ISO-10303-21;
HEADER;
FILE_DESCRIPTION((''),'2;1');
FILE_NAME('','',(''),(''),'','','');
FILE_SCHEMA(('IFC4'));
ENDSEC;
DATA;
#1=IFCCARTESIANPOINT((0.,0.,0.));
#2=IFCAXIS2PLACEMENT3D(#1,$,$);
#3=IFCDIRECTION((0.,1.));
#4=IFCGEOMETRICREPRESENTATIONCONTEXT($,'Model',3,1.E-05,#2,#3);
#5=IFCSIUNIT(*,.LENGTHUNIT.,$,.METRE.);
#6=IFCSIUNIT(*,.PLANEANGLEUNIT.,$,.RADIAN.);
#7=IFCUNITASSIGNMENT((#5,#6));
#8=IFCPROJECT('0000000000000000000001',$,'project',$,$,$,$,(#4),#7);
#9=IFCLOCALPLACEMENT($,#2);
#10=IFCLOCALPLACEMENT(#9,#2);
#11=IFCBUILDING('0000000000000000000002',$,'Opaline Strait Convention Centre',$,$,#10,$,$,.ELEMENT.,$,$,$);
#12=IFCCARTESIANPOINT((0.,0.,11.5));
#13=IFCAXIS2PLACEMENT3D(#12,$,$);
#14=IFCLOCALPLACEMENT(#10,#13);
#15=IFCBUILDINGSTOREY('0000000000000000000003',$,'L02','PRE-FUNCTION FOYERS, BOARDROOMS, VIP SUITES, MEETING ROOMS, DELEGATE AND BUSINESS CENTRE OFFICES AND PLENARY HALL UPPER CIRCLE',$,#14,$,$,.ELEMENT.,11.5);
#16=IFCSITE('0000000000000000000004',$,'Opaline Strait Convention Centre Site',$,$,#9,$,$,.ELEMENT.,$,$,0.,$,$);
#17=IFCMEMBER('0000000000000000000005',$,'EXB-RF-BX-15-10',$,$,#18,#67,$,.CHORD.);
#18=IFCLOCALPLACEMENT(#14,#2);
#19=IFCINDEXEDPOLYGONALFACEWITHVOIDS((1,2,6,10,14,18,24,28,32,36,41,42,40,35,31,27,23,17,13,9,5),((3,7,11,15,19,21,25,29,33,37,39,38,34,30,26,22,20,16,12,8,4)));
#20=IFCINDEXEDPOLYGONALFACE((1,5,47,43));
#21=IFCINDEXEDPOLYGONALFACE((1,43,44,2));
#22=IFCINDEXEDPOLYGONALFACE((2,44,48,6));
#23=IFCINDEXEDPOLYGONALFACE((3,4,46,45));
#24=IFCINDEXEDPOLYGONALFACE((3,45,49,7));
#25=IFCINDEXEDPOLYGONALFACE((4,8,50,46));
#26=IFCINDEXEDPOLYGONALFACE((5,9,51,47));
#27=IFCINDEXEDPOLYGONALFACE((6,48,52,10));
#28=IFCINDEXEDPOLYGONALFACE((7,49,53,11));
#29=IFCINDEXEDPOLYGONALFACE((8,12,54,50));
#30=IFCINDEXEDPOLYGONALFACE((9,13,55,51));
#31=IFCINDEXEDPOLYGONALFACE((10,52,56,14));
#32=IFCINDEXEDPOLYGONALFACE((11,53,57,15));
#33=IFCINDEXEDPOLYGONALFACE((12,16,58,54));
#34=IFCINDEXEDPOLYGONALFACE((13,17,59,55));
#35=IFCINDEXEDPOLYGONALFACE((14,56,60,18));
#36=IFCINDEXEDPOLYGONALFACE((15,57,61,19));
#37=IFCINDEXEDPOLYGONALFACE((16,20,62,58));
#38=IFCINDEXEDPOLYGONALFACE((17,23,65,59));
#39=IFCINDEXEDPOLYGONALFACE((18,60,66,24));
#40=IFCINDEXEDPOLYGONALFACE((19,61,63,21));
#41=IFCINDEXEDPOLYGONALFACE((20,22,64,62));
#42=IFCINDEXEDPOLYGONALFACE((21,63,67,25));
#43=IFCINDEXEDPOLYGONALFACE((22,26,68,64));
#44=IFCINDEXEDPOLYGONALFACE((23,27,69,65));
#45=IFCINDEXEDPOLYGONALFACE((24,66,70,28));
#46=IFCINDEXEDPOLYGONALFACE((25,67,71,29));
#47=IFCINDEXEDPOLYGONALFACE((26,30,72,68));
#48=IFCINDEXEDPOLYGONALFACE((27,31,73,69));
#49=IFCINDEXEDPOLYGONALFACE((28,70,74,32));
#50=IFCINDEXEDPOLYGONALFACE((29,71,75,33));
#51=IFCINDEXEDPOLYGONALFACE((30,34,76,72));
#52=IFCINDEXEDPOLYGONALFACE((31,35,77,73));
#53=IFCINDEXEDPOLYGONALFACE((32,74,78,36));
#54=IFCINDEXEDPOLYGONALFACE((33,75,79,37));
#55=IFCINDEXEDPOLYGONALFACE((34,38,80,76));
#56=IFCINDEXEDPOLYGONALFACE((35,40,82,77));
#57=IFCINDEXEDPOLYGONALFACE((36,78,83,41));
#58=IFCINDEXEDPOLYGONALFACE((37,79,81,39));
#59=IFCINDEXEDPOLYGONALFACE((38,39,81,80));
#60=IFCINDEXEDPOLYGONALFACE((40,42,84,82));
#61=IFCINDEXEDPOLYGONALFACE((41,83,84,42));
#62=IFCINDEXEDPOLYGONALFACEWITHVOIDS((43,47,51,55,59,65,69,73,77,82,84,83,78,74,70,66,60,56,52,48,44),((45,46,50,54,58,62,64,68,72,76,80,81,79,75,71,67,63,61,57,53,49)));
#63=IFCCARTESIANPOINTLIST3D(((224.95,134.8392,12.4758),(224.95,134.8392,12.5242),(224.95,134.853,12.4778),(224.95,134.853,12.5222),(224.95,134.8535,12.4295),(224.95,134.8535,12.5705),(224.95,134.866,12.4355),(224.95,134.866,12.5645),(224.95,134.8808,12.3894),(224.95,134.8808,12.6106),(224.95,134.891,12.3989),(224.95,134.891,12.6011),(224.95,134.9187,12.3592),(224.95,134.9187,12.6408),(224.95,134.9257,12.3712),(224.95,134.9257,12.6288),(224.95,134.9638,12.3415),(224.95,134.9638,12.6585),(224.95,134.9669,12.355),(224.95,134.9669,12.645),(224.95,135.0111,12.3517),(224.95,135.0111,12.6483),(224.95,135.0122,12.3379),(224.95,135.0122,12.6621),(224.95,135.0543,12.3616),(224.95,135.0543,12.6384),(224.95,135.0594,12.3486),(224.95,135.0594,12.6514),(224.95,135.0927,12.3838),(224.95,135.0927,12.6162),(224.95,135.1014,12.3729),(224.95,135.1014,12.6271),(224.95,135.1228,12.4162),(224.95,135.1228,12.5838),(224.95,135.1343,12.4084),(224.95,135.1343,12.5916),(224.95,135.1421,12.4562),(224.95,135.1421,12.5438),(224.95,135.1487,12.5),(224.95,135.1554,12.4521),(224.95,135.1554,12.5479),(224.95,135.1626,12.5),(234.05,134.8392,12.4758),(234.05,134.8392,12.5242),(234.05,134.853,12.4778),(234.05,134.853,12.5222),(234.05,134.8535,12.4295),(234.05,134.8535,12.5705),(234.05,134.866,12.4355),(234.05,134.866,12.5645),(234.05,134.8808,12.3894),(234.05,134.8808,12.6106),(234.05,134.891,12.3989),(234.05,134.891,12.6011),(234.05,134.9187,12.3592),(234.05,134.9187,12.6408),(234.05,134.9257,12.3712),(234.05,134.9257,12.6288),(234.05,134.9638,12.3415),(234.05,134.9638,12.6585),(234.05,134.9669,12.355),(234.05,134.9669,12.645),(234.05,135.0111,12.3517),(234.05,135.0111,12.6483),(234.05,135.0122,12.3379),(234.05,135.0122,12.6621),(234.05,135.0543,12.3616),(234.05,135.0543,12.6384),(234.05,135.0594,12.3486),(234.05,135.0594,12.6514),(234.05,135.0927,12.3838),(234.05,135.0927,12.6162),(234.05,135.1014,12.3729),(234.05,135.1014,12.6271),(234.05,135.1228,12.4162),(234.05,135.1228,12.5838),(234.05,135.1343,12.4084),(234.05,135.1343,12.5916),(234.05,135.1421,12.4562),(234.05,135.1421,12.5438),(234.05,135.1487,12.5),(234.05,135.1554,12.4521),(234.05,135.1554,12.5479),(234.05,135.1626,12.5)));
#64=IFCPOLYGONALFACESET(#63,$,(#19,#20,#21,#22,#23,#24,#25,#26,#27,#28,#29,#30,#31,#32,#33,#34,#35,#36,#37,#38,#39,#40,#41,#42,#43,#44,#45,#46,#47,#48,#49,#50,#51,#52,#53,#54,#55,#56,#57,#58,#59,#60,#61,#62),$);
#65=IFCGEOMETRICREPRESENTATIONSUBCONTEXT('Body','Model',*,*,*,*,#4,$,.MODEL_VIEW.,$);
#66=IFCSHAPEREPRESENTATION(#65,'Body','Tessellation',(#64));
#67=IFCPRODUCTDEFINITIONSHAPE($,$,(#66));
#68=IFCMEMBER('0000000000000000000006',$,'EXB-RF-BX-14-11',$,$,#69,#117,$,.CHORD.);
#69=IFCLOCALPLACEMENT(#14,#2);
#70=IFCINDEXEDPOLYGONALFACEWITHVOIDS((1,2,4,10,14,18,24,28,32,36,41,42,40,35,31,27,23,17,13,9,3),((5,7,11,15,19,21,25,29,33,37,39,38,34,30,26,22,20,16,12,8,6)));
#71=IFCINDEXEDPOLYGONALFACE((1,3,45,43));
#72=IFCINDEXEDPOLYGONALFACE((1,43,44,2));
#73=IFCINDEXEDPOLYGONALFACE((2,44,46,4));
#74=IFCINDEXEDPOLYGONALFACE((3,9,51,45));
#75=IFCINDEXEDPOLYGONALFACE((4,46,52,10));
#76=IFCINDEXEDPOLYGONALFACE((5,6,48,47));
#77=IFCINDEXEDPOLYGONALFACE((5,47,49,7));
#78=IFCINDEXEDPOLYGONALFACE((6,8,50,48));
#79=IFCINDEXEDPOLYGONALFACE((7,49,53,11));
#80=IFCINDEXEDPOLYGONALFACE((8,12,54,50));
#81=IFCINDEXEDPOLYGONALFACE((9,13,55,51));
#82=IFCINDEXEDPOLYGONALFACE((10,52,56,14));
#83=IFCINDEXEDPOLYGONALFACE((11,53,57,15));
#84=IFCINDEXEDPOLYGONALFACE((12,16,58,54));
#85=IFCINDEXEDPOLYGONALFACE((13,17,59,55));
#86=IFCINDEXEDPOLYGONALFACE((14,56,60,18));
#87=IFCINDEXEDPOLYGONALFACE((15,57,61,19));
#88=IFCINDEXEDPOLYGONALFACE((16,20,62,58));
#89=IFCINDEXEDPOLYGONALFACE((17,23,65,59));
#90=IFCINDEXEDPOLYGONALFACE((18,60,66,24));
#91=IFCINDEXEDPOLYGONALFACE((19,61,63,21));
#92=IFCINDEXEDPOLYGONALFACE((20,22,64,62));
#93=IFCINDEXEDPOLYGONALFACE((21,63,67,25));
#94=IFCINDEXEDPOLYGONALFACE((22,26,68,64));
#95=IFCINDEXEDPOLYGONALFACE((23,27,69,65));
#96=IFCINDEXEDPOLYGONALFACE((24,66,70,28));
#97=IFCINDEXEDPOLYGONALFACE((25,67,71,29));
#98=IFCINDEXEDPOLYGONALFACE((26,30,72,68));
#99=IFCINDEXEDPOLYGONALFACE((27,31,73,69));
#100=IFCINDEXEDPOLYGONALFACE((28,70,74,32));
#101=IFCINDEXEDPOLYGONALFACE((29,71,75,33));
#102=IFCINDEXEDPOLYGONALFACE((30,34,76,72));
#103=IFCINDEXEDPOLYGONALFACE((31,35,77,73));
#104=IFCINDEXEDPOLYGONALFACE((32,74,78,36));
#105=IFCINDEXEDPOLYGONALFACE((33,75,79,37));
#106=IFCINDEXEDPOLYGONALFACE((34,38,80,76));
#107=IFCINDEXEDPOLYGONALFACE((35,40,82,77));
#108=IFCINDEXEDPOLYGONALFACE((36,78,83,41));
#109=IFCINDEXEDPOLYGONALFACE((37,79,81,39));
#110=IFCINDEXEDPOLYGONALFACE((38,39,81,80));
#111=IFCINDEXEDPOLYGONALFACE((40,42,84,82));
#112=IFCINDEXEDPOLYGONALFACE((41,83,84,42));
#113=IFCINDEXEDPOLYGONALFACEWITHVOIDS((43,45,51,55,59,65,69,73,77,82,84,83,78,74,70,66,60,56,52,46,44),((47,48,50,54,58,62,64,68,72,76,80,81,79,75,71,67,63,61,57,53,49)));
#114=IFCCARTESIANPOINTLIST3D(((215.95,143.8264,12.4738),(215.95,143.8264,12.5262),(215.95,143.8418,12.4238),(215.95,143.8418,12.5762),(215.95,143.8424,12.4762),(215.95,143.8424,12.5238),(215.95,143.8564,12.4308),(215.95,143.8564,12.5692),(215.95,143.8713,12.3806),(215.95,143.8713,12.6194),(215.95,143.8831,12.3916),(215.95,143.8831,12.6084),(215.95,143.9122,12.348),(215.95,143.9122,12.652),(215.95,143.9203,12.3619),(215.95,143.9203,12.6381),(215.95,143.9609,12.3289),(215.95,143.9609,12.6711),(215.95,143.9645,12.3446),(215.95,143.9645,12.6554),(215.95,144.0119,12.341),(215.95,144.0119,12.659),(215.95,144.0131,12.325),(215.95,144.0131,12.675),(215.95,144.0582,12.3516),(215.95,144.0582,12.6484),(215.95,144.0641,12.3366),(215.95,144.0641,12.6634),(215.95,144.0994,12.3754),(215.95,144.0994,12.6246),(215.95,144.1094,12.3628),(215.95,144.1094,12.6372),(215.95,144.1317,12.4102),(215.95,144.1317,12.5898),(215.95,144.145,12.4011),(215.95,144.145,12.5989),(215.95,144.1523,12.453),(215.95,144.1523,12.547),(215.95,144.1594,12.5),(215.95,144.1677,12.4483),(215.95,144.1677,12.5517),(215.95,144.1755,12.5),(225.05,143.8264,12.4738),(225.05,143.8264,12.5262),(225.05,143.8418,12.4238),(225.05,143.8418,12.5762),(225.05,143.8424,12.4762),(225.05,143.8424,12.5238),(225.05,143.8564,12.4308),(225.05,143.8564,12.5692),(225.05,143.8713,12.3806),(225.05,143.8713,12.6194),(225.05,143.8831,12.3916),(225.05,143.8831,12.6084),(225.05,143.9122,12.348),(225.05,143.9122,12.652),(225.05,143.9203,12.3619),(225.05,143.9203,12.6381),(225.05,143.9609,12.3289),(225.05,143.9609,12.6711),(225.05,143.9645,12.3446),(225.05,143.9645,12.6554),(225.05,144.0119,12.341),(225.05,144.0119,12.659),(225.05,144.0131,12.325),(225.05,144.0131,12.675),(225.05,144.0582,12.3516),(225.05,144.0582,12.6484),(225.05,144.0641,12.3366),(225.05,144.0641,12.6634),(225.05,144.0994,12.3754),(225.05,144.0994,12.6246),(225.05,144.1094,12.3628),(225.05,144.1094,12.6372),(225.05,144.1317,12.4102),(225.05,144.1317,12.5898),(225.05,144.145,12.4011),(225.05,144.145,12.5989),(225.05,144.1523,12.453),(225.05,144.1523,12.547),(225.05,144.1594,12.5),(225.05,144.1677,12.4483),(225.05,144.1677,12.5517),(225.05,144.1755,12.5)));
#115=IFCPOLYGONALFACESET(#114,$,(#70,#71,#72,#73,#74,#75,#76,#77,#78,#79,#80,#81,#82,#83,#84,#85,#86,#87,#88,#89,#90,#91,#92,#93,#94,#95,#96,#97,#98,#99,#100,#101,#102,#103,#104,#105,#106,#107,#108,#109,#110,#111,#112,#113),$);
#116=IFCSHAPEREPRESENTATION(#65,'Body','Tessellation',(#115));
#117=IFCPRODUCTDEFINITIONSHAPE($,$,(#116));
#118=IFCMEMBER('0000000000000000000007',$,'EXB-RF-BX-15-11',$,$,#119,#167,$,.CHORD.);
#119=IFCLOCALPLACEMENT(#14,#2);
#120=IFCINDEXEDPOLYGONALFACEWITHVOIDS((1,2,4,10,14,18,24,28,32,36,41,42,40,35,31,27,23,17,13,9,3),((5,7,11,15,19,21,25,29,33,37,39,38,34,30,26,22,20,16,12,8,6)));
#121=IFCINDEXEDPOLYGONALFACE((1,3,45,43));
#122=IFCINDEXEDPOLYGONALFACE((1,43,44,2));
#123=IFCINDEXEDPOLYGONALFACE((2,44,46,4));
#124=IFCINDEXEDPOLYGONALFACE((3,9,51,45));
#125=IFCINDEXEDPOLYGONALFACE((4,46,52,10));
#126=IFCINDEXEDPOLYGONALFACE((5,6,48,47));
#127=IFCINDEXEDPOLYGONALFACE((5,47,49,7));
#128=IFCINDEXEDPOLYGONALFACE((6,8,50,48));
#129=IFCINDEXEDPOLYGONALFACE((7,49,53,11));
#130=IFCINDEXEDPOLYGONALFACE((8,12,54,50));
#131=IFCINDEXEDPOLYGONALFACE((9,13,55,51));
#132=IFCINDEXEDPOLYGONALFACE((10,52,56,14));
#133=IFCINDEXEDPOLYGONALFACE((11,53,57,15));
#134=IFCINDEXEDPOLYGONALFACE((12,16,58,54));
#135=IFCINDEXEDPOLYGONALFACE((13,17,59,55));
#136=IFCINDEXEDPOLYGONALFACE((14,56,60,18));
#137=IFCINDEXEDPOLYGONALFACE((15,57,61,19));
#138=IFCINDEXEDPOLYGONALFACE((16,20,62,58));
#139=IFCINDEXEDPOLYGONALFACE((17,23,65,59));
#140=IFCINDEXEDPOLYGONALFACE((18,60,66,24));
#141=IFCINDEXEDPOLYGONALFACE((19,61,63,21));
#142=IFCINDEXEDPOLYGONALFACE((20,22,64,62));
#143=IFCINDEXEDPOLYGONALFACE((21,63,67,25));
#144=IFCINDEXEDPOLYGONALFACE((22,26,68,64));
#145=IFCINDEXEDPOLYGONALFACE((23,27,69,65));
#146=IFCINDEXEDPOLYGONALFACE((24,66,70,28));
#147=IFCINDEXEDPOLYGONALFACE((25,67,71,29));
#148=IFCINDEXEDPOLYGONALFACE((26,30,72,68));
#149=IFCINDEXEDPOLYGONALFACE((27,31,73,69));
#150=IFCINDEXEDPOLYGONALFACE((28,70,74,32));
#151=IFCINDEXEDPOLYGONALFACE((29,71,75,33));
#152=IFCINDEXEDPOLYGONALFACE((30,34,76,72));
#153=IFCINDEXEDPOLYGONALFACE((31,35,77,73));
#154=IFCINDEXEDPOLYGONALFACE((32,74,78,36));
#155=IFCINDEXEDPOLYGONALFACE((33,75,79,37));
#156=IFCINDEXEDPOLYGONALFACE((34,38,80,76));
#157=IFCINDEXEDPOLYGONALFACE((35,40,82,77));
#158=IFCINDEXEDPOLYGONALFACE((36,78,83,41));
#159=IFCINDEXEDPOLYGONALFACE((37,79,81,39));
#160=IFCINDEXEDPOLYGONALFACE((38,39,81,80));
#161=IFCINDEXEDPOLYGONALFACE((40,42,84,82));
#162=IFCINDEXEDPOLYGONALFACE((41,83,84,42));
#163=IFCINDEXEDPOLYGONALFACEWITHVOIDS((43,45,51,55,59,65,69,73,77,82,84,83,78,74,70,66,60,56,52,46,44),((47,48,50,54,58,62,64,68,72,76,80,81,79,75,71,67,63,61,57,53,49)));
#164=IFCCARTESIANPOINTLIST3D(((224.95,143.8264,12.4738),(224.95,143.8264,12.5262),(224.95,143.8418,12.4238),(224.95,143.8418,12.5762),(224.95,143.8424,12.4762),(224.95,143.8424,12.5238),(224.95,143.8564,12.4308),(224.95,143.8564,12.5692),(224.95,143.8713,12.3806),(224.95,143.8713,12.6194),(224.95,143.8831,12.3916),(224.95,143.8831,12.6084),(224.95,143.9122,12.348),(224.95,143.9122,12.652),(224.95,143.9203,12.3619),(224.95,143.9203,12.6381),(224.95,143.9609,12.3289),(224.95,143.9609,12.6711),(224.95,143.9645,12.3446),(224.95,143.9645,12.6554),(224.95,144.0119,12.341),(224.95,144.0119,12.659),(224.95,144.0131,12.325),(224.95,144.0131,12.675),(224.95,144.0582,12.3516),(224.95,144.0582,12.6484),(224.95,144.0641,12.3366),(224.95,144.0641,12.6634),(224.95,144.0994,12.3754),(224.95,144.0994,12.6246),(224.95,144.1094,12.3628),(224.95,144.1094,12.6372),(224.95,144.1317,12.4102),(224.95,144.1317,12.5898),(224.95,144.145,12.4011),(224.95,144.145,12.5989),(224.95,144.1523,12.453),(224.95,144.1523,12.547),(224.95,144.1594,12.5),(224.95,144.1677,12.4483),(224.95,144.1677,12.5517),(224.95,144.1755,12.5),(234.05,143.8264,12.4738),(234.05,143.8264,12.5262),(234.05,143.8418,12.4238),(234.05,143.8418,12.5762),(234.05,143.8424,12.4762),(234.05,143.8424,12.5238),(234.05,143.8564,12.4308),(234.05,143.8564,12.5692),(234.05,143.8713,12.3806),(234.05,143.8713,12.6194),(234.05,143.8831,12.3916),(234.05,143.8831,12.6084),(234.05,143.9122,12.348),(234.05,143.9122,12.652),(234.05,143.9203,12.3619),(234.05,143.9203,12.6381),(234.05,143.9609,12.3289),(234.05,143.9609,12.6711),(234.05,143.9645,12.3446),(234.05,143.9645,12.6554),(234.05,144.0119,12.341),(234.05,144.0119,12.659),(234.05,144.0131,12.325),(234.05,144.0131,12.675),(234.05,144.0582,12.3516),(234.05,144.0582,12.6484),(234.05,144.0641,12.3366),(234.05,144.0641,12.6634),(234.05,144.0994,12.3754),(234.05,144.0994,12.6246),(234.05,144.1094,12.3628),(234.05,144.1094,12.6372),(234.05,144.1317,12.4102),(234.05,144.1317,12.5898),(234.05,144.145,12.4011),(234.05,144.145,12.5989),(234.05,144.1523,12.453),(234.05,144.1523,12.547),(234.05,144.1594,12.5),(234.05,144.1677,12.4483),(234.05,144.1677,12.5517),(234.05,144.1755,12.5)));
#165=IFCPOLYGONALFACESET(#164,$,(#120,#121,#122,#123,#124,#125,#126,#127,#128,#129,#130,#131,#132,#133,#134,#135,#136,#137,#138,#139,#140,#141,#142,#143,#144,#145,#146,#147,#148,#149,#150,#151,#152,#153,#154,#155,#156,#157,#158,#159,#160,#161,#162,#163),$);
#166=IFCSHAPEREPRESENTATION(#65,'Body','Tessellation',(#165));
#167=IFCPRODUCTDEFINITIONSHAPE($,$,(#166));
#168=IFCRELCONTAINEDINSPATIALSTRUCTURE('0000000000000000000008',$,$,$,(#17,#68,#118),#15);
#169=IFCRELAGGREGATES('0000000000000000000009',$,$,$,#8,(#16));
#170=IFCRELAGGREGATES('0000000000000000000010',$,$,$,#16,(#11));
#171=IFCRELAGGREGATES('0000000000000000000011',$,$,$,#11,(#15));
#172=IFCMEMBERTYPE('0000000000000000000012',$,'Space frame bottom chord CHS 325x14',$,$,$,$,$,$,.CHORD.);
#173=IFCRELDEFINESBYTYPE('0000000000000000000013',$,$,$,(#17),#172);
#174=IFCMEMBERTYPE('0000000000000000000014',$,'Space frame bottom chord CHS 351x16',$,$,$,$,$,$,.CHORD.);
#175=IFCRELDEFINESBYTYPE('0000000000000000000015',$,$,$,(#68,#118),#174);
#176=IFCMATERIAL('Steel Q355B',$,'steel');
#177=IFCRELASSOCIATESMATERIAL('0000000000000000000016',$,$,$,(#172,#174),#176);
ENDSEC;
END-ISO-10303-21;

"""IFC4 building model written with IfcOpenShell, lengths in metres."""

from ifc_helpers import new_model, si_unit, direction, frame, origin, origin_2d, place, context, subcontext, project, spatial, hollow_circle, extrude, material, material_profile, profile_set, type_object, element, save


model = new_model("IFC4")

# Units and contexts
model_context = context("Model", 3, precision=1e-05, world=origin(), true_north=direction((0.0, 1.0)))
body_context = subcontext(model_context, "Body", "Model", "MODEL_VIEW")
ifc_project = project(units=[si_unit("LENGTHUNIT", "METRE"), si_unit("PLANEANGLEUNIT", "RADIAN")], contexts=[model_context])

# Site, building, storey
site_placement = place(None, origin())
site = spatial("IfcSite", under=ifc_project, at=site_placement, Name="Opaline Strait Convention Centre Site", CompositionType="ELEMENT", RefElevation=0.0)
building_placement = place(site_placement, origin())
building = spatial("IfcBuilding", under=site, at=building_placement, Name="Opaline Strait Convention Centre", CompositionType="ELEMENT")
storey_placement = place(building_placement, frame((0.0, 0.0, 11.5)))
storey = spatial("IfcBuildingStorey", under=building, at=storey_placement, Name="L02", Description="PRE-FUNCTION FOYERS, BOARDROOMS, VIP SUITES, MEETING ROOMS, DELEGATE AND BUSINESS CENTRE OFFICES AND PLENARY HALL UPPER CIRCLE", CompositionType="ELEMENT", Elevation=11.5)

# Members
ifc_material_1 = material(Name="Steel Q355B", Category="steel")
ifc_material_profile_1 = material_profile(ifc_material_1, hollow_circle(Radius=0.1626, WallThickness=0.0139, at=origin_2d()), Name="CHS 325x14")
ifc_profile_set_1 = profile_set([ifc_material_profile_1], Name="Steel Q355B")
member_type_1 = type_object("IfcMemberType", Name="Space frame bottom chord CHS 325x14", PredefinedType="CHORD", material=ifc_profile_set_1)
for number, where, z_axis, x_axis, name in (
    (1, (224.95, 135.0, 12.5), (1.0, 0.0, 0.0), (0.0, 1.0, 0.0), "EXB-RF-BX-15-10"),
):
    element("IfcMember", number, at=place(storey_placement, frame(where, z_axis=z_axis, x_axis=x_axis)), inside=storey, type_object=member_type_1, Name=name, PredefinedType="CHORD", context=body_context, shape_type="SweptSolid", body=[
        extrude(hollow_circle(Radius=0.1626, WallThickness=0.0139, at=origin_2d()), origin(), (0.0, 0.0, 1.0), 9.1001),
    ])
ifc_material_profile_2 = material_profile(ifc_material_1, hollow_circle(Radius=0.1755, WallThickness=0.0161, at=origin_2d()), Name="CHS 351x16")
ifc_profile_set_2 = profile_set([ifc_material_profile_2], Name="Steel Q355B")
member_type_2 = type_object("IfcMemberType", Name="Space frame bottom chord CHS 351x16", PredefinedType="CHORD", material=ifc_profile_set_2)
for number, where, z_axis, x_axis, name in (
    (2, (215.95, 144.0, 12.5), (1.0, 0.0, 0.0), (0.0, 1.0, 0.0), "EXB-RF-BX-14-11"),
    (3, (224.95, 144.0, 12.5), (1.0, 0.0, 0.0), (0.0, 1.0, 0.0), "EXB-RF-BX-15-11"),
):
    element("IfcMember", number, at=place(storey_placement, frame(where, z_axis=z_axis, x_axis=x_axis)), inside=storey, type_object=member_type_2, Name=name, PredefinedType="CHORD", context=body_context, shape_type="SweptSolid", body=[
        extrude(hollow_circle(Radius=0.1755, WallThickness=0.0161, at=origin_2d()), origin(), (0.0, 0.0, 1.0), 9.1001),
    ])

save(model, "model.ifc")
